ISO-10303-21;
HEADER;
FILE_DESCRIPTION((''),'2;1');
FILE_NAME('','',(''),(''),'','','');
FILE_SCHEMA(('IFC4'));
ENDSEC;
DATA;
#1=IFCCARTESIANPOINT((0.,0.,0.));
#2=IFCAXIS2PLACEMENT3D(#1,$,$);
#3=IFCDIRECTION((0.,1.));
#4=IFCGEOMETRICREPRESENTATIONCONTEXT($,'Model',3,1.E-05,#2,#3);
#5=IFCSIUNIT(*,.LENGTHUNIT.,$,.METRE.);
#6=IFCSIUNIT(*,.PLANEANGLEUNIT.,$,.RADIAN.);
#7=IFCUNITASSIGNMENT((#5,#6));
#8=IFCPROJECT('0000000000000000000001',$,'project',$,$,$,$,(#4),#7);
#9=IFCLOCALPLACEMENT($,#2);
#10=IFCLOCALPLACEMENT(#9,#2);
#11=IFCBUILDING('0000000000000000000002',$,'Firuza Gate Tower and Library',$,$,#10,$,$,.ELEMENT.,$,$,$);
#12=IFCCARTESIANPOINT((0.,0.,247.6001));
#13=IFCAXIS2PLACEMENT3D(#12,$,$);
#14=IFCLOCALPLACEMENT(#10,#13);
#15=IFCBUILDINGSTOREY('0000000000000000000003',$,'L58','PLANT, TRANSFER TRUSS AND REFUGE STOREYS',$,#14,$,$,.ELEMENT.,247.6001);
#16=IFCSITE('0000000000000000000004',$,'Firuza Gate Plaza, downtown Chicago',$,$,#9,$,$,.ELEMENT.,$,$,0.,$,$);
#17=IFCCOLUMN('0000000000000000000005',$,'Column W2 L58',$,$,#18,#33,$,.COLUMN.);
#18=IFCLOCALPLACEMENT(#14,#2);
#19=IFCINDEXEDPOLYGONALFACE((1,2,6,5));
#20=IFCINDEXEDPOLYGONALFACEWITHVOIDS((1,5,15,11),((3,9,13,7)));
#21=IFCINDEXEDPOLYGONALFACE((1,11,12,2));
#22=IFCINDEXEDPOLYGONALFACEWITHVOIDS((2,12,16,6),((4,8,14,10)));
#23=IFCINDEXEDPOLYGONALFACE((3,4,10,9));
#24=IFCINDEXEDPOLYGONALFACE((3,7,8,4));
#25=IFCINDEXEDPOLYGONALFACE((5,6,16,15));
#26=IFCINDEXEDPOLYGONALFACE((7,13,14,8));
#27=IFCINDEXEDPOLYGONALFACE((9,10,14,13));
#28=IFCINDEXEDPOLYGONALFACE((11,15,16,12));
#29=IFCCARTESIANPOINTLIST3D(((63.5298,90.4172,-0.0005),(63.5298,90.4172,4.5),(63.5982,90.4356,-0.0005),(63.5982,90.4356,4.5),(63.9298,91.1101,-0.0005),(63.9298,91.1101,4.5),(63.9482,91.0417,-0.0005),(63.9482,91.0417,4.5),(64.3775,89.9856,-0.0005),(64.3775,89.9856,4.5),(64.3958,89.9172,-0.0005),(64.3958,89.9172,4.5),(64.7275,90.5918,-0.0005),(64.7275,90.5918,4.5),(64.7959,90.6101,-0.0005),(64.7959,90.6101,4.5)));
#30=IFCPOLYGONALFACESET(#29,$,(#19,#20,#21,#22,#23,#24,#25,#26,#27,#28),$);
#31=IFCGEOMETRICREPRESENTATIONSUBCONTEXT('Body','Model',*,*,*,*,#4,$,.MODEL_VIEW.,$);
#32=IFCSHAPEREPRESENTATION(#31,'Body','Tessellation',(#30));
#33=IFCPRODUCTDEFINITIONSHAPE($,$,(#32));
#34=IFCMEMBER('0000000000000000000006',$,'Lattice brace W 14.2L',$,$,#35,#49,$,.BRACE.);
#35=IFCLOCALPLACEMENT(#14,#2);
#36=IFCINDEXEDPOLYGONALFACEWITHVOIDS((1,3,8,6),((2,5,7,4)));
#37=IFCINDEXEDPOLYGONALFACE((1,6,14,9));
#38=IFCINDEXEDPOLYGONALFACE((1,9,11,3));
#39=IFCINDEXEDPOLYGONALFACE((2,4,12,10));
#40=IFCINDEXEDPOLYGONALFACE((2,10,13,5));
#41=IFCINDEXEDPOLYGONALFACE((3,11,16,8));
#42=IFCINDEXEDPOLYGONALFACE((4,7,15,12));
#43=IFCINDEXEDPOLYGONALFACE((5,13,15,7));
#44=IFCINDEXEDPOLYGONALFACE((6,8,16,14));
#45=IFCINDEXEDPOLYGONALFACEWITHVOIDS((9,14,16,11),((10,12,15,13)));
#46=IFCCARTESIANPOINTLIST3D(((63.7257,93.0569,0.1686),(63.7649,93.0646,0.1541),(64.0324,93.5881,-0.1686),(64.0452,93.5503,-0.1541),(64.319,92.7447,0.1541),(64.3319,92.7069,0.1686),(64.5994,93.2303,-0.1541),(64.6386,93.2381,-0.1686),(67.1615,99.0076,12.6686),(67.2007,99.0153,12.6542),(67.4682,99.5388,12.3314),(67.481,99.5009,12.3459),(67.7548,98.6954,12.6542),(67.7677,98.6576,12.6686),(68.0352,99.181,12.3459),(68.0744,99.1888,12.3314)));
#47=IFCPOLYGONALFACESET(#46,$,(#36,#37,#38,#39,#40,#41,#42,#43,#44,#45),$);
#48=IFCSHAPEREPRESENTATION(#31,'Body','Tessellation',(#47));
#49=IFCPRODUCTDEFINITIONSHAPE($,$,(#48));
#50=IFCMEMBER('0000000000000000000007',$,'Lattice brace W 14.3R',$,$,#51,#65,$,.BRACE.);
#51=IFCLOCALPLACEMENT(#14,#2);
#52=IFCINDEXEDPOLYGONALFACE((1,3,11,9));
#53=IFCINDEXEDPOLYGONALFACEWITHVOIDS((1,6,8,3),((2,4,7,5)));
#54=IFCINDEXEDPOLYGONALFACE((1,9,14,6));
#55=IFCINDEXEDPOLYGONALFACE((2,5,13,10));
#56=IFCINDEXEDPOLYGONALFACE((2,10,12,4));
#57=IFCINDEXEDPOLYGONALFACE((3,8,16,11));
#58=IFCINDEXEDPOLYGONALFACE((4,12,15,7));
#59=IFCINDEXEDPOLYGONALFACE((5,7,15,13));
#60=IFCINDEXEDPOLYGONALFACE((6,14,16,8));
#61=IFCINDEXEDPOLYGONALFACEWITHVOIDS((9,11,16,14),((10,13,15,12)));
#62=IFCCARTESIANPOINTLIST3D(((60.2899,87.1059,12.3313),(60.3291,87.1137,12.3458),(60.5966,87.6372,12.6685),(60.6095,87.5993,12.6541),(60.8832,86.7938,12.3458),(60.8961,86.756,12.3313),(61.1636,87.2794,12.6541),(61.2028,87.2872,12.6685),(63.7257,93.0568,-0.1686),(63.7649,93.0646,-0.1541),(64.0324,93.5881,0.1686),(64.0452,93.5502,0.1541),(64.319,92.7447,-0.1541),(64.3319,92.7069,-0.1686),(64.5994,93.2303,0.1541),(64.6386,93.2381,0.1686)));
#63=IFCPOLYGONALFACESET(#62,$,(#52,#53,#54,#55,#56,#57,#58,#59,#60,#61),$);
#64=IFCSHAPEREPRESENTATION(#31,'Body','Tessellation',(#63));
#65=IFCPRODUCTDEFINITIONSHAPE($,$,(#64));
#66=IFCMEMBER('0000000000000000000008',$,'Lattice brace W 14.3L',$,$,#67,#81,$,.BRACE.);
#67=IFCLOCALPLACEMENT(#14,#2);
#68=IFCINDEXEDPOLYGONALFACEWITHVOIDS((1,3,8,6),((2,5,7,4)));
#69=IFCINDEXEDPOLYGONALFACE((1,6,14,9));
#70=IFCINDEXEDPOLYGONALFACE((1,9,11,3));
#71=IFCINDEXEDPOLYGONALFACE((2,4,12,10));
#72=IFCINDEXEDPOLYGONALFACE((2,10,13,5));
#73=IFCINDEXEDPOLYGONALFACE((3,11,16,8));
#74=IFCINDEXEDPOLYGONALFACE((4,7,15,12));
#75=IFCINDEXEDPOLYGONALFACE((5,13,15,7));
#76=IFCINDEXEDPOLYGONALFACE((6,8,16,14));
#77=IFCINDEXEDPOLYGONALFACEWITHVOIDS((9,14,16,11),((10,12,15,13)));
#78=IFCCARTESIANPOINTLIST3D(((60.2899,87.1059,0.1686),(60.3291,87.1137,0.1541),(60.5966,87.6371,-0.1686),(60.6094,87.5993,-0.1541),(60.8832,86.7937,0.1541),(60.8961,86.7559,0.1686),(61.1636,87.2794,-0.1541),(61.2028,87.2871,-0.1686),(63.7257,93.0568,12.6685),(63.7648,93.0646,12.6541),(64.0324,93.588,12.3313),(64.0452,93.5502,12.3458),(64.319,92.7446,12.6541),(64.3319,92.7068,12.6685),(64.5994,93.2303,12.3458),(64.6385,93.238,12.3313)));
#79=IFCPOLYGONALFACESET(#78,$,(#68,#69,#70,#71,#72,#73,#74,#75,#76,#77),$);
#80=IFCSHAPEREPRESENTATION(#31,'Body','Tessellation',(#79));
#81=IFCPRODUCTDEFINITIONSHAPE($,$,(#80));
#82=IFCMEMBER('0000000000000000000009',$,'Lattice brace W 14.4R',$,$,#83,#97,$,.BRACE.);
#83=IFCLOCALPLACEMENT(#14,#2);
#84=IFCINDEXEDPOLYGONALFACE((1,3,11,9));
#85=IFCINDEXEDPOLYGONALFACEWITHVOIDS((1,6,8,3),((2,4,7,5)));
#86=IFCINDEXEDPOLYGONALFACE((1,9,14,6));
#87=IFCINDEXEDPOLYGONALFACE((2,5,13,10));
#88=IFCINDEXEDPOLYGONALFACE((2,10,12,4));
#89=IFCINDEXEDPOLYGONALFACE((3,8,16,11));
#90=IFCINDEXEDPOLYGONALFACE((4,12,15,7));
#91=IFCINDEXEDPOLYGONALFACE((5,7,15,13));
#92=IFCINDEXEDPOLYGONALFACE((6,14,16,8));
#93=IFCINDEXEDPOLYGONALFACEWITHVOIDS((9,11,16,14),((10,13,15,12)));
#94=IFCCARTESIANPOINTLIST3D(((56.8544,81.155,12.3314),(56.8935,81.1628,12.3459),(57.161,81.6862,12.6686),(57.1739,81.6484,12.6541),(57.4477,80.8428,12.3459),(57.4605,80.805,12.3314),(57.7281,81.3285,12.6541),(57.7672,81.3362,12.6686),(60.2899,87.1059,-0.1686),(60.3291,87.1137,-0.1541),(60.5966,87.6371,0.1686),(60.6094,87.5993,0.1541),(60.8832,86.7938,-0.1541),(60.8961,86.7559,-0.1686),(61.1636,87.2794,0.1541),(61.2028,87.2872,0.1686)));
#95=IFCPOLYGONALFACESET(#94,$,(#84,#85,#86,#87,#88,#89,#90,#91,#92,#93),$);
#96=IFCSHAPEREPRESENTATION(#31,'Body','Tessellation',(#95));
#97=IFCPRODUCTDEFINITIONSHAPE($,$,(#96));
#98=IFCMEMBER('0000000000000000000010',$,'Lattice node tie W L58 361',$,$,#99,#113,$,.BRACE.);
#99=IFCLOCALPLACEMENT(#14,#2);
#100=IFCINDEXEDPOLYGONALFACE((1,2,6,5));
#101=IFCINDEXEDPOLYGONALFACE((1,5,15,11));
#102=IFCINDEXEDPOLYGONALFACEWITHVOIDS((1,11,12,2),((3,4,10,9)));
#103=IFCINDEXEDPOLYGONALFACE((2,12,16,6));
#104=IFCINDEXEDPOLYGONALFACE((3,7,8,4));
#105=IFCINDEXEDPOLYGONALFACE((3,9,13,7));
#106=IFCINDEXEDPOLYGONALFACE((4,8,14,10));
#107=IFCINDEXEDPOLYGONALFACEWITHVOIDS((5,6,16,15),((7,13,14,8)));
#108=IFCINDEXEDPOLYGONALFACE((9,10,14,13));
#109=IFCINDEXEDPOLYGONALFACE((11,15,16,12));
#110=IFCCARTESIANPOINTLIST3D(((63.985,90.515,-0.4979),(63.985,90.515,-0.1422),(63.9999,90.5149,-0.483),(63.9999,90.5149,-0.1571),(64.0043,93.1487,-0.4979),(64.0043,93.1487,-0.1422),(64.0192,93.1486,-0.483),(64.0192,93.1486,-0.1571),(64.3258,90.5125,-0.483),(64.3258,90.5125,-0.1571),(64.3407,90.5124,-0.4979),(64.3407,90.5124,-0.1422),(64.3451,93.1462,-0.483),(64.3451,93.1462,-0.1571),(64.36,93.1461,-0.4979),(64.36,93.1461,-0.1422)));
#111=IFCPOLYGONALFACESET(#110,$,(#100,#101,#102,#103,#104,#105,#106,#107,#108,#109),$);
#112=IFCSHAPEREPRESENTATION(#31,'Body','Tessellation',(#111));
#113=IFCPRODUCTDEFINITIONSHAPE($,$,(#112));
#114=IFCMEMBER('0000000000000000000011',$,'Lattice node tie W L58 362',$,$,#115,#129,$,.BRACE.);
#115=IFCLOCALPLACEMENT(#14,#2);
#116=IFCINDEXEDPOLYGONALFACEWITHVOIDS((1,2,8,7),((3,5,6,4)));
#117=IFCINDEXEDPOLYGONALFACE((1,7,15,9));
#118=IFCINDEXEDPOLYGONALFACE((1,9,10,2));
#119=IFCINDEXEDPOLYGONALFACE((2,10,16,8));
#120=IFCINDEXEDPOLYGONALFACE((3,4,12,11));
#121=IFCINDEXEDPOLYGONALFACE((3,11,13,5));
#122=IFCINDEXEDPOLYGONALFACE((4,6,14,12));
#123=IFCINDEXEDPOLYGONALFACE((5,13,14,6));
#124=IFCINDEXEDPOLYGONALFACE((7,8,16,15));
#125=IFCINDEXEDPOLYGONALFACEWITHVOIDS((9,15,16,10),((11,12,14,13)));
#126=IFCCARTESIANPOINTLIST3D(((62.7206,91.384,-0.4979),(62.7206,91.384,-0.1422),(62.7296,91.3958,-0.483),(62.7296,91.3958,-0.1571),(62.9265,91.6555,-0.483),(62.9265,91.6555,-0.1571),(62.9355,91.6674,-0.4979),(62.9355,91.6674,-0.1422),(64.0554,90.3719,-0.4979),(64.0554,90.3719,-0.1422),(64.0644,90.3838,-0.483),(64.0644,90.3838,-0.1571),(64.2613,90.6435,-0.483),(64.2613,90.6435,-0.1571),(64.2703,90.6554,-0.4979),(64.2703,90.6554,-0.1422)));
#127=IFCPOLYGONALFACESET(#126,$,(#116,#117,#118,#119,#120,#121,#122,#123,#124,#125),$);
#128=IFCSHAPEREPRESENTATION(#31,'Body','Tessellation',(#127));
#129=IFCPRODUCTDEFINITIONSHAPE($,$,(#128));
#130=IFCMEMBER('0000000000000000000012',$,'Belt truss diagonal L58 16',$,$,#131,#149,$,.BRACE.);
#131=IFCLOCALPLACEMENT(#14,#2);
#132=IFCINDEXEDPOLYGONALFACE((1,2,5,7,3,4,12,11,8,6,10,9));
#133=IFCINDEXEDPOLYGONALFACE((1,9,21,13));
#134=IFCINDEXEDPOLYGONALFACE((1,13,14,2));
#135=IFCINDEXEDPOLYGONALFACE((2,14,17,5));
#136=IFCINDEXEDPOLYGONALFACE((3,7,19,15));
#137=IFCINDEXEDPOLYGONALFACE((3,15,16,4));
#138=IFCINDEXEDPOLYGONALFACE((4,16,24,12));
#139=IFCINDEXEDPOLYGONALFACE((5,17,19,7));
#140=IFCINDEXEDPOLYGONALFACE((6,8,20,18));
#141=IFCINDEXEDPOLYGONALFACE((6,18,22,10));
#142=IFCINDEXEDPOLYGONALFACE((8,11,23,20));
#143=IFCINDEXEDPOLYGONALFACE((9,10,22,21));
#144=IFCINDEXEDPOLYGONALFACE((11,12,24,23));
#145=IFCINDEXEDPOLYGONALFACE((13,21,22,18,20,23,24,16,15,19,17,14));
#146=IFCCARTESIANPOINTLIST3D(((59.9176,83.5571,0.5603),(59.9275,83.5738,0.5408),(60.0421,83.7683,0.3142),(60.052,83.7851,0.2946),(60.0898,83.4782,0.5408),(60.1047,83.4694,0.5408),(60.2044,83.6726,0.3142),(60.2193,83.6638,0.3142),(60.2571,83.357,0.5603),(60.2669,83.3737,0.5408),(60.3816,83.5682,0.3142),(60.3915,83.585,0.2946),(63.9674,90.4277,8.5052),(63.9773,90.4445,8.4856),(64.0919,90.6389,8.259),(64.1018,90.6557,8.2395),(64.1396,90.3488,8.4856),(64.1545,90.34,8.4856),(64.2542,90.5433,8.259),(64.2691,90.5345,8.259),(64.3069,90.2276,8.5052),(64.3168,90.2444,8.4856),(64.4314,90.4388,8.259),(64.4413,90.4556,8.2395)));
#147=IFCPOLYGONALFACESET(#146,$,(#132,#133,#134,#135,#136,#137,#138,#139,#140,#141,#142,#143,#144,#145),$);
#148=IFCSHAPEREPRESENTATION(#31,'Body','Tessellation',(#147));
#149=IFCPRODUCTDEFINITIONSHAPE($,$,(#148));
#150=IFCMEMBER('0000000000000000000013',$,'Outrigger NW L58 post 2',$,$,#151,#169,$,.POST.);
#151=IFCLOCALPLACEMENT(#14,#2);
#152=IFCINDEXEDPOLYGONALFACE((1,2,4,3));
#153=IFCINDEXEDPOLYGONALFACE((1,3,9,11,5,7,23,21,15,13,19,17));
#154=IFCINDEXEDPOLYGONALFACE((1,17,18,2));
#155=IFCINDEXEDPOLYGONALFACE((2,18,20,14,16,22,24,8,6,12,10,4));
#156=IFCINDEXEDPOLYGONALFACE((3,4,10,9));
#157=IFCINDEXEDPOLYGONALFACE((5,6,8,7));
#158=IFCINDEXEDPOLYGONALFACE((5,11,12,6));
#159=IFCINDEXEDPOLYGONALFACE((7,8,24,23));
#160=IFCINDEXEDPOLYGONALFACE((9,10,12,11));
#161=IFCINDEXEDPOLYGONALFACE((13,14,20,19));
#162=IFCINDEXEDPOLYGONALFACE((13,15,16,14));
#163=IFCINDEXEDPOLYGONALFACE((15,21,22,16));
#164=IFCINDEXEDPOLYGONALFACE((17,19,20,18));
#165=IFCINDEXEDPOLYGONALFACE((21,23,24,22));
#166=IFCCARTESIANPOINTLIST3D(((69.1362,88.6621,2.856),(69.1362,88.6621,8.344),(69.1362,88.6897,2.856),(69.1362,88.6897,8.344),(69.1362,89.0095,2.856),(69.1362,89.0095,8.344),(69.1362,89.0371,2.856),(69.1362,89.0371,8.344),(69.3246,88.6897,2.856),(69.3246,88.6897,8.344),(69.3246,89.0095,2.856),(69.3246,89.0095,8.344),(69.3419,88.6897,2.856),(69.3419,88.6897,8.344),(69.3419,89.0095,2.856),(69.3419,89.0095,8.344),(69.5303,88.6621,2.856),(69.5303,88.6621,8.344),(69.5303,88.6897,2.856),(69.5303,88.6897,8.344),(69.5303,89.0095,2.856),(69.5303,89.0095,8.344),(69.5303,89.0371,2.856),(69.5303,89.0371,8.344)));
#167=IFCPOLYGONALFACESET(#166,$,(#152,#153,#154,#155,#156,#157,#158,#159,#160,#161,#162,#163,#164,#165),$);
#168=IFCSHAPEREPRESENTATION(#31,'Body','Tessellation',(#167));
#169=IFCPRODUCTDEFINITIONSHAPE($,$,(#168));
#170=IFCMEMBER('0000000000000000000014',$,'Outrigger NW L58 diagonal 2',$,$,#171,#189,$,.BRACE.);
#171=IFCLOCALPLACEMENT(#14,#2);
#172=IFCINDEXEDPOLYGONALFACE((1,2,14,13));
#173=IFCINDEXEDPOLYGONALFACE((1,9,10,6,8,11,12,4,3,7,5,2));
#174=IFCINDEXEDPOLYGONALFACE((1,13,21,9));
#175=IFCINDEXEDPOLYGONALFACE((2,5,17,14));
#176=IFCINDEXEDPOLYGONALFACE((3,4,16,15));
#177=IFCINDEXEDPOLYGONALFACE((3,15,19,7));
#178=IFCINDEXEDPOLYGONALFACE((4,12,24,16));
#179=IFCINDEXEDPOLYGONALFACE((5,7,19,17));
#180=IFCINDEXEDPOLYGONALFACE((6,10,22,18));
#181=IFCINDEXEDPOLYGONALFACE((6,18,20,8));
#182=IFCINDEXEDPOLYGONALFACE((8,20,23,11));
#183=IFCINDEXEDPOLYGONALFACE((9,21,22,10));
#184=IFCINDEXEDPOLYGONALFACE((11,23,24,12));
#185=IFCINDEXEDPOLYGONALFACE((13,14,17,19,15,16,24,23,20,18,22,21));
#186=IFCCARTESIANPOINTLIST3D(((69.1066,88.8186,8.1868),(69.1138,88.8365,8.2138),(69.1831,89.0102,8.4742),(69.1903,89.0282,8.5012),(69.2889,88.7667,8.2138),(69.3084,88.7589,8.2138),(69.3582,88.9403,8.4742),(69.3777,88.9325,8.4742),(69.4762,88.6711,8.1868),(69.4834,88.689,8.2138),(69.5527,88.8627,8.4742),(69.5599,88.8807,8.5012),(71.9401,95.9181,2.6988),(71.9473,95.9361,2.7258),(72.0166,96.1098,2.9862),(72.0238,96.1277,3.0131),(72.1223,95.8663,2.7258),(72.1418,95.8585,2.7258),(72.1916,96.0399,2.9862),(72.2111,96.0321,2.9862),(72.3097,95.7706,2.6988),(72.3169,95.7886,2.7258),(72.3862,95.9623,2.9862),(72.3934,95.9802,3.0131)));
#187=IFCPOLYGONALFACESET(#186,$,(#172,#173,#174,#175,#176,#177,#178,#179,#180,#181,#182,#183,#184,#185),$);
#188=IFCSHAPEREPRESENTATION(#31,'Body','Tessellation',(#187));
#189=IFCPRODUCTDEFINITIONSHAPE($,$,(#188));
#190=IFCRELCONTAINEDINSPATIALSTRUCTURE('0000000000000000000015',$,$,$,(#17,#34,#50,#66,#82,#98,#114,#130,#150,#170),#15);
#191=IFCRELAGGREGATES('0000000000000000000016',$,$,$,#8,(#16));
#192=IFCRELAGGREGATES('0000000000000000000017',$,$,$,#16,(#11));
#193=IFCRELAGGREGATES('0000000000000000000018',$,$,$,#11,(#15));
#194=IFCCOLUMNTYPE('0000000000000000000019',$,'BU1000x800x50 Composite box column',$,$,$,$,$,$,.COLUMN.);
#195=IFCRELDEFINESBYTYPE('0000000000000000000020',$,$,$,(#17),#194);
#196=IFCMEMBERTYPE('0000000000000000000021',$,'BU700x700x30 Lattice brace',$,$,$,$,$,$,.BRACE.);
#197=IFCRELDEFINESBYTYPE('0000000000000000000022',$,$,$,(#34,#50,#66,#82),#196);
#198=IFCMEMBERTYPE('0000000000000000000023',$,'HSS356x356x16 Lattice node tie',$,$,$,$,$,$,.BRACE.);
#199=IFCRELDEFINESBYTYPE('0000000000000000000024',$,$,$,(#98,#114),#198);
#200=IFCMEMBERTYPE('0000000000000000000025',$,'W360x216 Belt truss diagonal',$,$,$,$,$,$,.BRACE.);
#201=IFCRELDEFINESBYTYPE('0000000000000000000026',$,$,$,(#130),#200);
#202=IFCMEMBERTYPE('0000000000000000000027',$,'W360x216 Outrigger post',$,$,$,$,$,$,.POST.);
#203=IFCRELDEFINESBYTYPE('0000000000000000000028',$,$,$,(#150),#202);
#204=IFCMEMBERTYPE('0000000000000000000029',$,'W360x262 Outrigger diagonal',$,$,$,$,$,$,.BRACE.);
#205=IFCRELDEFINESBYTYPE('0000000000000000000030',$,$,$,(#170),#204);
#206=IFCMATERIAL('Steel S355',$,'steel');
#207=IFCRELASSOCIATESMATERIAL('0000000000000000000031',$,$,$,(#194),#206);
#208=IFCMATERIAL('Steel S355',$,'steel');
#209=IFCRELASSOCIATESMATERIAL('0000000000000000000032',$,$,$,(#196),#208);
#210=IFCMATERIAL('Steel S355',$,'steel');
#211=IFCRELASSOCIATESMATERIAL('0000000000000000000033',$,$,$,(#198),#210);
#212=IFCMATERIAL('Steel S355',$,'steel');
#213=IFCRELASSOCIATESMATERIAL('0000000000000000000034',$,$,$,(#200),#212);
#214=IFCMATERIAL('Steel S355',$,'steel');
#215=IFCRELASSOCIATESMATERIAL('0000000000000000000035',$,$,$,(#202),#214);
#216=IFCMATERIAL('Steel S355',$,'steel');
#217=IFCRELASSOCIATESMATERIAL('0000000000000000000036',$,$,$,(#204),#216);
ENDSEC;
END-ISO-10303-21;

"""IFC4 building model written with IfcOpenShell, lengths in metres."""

from ifc_helpers import new_model, si_unit, direction, frame, origin, origin_2d, place, context, subcontext, project, spatial, hollow_rectangle, i_section, extrude, material, material_profile, profile_set, type_object, element, save


model = new_model("IFC4")

# Units and contexts
model_context = context("Model", 3, precision=1e-05, world=origin(), true_north=direction((0.0, 1.0)))
body_context = subcontext(model_context, "Body", "Model", "MODEL_VIEW")
ifc_project = project(units=[si_unit("LENGTHUNIT", "METRE"), si_unit("PLANEANGLEUNIT", "RADIAN")], contexts=[model_context])

# Site, building, storey
site_placement = place(None, origin())
site = spatial("IfcSite", under=ifc_project, at=site_placement, Name="Firuza Gate Plaza, downtown Chicago", CompositionType="ELEMENT", RefElevation=0.0)
building_placement = place(site_placement, origin())
building = spatial("IfcBuilding", under=site, at=building_placement, Name="Firuza Gate Tower and Library", CompositionType="ELEMENT")
storey_placement = place(building_placement, frame((0.0, 0.0, 247.6001)))
storey = spatial("IfcBuildingStorey", under=building, at=storey_placement, Name="L58", Description="PLANT, TRANSFER TRUSS AND REFUGE STOREYS", CompositionType="ELEMENT", Elevation=247.6001)

# Column
ifc_material_1 = material(Name="Steel S355", Category="steel")
ifc_material_profile_1 = material_profile(ifc_material_1, hollow_rectangle(XDim=0.8, YDim=1.0, WallThickness=0.05, at=origin_2d()))
ifc_profile_set_1 = profile_set([ifc_material_profile_1], Name="Steel S355")
column_type = type_object("IfcColumnType", Name="BU1000x800x50 Composite box column", PredefinedType="COLUMN", material=ifc_profile_set_1)
column_placement = place(storey_placement, frame((64.1628, 90.5137, -0.0005), z_axis=(0.0, 0.0, 1.0), x_axis=(-0.5, -0.866025, 0.0)))
element("IfcColumn", 1, at=column_placement, inside=storey, type_object=column_type, Name="Column W2 L58", PredefinedType="COLUMN", context=body_context, shape_type="SweptSolid", body=[
    extrude(hollow_rectangle(XDim=0.8, YDim=1.0, WallThickness=0.05, at=origin_2d()), origin(), (0.0, 0.0, 1.0), 4.5005),
])

# Members
ifc_material_2 = material(Name="Steel S355", Category="steel")
ifc_material_profile_2 = material_profile(ifc_material_2, hollow_rectangle(XDim=0.7, YDim=0.7, WallThickness=0.03, at=origin_2d()))
ifc_profile_set_2 = profile_set([ifc_material_profile_2], Name="Steel S355")
member_type_1 = type_object("IfcMemberType", Name="BU700x700x30 Lattice brace", PredefinedType="BRACE", material=ifc_profile_set_2)
for number, where, z_axis, x_axis, name in (
    (2, (64.1821, 93.1475, 0.0), (0.240869, 0.417178, 0.876324), (-0.866015, 0.500018, 0.0), "Lattice brace W 14.2L"),
    (3, (64.1821, 93.1475, 0.0), (-0.240868, -0.417192, 0.876318), (0.866024, -0.500002, 0.0), "Lattice brace W 14.3R"),
    (4, (60.7463, 87.1965, 0.0), (0.240868, 0.417192, 0.876318), (-0.866024, 0.500002, 0.0), "Lattice brace W 14.3L"),
    (5, (60.7463, 87.1965, 0.0), (-0.240852, -0.417194, 0.876322), (0.866039, -0.499976, 0.0), "Lattice brace W 14.4R"),
):
    element("IfcMember", number, at=place(storey_placement, frame(where, z_axis=z_axis, x_axis=x_axis)), inside=storey, type_object=member_type_1, Name=name, PredefinedType="BRACE", context=body_context, shape_type="SweptSolid", body=[
        extrude(hollow_rectangle(XDim=0.7, YDim=0.7, WallThickness=0.03, at=origin_2d()), origin(), (0.0, 0.0, 1.0), 14.2642),
    ])
ifc_material_3 = material(Name="Steel S355", Category="steel")
ifc_material_profile_3 = material_profile(ifc_material_3, hollow_rectangle(XDim=0.3557, YDim=0.3557, WallThickness=0.0149, at=origin_2d()))
ifc_profile_set_3 = profile_set([ifc_material_profile_3], Name="Steel S355")
member_type_2 = type_object("IfcMemberType", Name="HSS356x356x16 Lattice node tie", PredefinedType="BRACE", material=ifc_profile_set_3)
member_1_placement = place(storey_placement, frame((64.1628, 90.5137, -0.3201), z_axis=(0.007323, 0.999973, 0.0), x_axis=(-0.999973, 0.007323, 0.0)))
element("IfcMember", 6, at=member_1_placement, inside=storey, type_object=member_type_2, Name="Lattice node tie W L58 361", PredefinedType="BRACE", context=body_context, shape_type="SweptSolid", body=[
    extrude(hollow_rectangle(XDim=0.3557, YDim=0.3557, WallThickness=0.0149, at=origin_2d()), origin(), (0.0, 0.0, 1.0), 2.6338),
])
member_2_placement = place(storey_placement, frame((64.1628, 90.5137, -0.3201), z_axis=(-0.796858, 0.604166, 0.0), x_axis=(-0.604166, -0.796858, 0.0)))
element("IfcMember", 7, at=member_2_placement, inside=storey, type_object=member_type_2, Name="Lattice node tie W L58 362", PredefinedType="BRACE", context=body_context, shape_type="SweptSolid", body=[
    extrude(hollow_rectangle(XDim=0.3557, YDim=0.3557, WallThickness=0.0149, at=origin_2d()), origin(), (0.0, 0.0, 1.0), 1.675),
])
ifc_material_4 = material(Name="Steel S355", Category="steel")
ifc_material_profile_4 = material_profile(ifc_material_4, i_section(OverallWidth=0.394, OverallDepth=0.375, WebThickness=0.0173, FlangeThickness=0.0276, at=origin_2d()))
ifc_profile_set_4 = profile_set([ifc_material_profile_4], Name="Steel S355")
member_type_3 = type_object("IfcMemberType", Name="W360x216 Belt truss diagonal", PredefinedType="BRACE", material=ifc_profile_set_4)
member_3_placement = place(storey_placement, frame((64.2043, 90.4417, 8.3723), z_axis=(-0.35975, -0.610325, -0.70575), x_axis=(0.861481, -0.50779, 0.0)))
element("IfcMember", 8, at=member_3_placement, inside=storey, type_object=member_type_3, Name="Belt truss diagonal L58 16", PredefinedType="BRACE", context=body_context, shape_type="SweptSolid", body=[
    extrude(i_section(OverallWidth=0.394, OverallDepth=0.375, WebThickness=0.0173, FlangeThickness=0.0276, at=origin_2d()), origin(), (0.0, 0.0, 1.0), 11.2573),
])
ifc_material_5 = material(Name="Steel S355", Category="steel")
ifc_material_profile_5 = material_profile(ifc_material_5, i_section(OverallWidth=0.394, OverallDepth=0.375, WebThickness=0.0173, FlangeThickness=0.0276, at=origin_2d()))
ifc_profile_set_5 = profile_set([ifc_material_profile_5], Name="Steel S355")
member_type_4 = type_object("IfcMemberType", Name="W360x216 Outrigger post", PredefinedType="POST", material=ifc_profile_set_5)
member_4_placement = place(storey_placement, frame((69.3333, 88.8496, 2.856), z_axis=(0.0, 0.0, 1.0), x_axis=(1.0, 0.0, 0.0)))
element("IfcMember", 9, at=member_4_placement, inside=storey, type_object=member_type_4, Name="Outrigger NW L58 post 2", PredefinedType="POST", context=body_context, shape_type="SweptSolid", body=[
    extrude(i_section(OverallWidth=0.394, OverallDepth=0.375, WebThickness=0.0173, FlangeThickness=0.0276, at=origin_2d()), origin(), (0.0, 0.0, 1.0), 5.488),
])
ifc_material_6 = material(Name="Steel S355", Category="steel")
ifc_material_profile_6 = material_profile(ifc_material_6, i_section(OverallWidth=0.3979, OverallDepth=0.387, WebThickness=0.021, FlangeThickness=0.0332, at=origin_2d()))
ifc_profile_set_6 = profile_set([ifc_material_profile_6], Name="Steel S355")
member_type_5 = type_object("IfcMemberType", Name="W360x262 Outrigger diagonal", PredefinedType="BRACE", material=ifc_profile_set_6)
member_5_placement = place(storey_placement, frame((69.3333, 88.8496, 8.344), z_axis=(0.301109, 0.75446, -0.583201), x_axis=(-0.928763, 0.370675, 0.0)))
element("IfcMember", 10, at=member_5_placement, inside=storey, type_object=member_type_5, Name="Outrigger NW L58 diagonal 2", PredefinedType="BRACE", context=body_context, shape_type="SweptSolid", body=[
    extrude(i_section(OverallWidth=0.3979, OverallDepth=0.387, WebThickness=0.021, FlangeThickness=0.0332, at=origin_2d()), origin(), (0.0, 0.0, 1.0), 9.4102),
])

save(model, "model.ifc")
